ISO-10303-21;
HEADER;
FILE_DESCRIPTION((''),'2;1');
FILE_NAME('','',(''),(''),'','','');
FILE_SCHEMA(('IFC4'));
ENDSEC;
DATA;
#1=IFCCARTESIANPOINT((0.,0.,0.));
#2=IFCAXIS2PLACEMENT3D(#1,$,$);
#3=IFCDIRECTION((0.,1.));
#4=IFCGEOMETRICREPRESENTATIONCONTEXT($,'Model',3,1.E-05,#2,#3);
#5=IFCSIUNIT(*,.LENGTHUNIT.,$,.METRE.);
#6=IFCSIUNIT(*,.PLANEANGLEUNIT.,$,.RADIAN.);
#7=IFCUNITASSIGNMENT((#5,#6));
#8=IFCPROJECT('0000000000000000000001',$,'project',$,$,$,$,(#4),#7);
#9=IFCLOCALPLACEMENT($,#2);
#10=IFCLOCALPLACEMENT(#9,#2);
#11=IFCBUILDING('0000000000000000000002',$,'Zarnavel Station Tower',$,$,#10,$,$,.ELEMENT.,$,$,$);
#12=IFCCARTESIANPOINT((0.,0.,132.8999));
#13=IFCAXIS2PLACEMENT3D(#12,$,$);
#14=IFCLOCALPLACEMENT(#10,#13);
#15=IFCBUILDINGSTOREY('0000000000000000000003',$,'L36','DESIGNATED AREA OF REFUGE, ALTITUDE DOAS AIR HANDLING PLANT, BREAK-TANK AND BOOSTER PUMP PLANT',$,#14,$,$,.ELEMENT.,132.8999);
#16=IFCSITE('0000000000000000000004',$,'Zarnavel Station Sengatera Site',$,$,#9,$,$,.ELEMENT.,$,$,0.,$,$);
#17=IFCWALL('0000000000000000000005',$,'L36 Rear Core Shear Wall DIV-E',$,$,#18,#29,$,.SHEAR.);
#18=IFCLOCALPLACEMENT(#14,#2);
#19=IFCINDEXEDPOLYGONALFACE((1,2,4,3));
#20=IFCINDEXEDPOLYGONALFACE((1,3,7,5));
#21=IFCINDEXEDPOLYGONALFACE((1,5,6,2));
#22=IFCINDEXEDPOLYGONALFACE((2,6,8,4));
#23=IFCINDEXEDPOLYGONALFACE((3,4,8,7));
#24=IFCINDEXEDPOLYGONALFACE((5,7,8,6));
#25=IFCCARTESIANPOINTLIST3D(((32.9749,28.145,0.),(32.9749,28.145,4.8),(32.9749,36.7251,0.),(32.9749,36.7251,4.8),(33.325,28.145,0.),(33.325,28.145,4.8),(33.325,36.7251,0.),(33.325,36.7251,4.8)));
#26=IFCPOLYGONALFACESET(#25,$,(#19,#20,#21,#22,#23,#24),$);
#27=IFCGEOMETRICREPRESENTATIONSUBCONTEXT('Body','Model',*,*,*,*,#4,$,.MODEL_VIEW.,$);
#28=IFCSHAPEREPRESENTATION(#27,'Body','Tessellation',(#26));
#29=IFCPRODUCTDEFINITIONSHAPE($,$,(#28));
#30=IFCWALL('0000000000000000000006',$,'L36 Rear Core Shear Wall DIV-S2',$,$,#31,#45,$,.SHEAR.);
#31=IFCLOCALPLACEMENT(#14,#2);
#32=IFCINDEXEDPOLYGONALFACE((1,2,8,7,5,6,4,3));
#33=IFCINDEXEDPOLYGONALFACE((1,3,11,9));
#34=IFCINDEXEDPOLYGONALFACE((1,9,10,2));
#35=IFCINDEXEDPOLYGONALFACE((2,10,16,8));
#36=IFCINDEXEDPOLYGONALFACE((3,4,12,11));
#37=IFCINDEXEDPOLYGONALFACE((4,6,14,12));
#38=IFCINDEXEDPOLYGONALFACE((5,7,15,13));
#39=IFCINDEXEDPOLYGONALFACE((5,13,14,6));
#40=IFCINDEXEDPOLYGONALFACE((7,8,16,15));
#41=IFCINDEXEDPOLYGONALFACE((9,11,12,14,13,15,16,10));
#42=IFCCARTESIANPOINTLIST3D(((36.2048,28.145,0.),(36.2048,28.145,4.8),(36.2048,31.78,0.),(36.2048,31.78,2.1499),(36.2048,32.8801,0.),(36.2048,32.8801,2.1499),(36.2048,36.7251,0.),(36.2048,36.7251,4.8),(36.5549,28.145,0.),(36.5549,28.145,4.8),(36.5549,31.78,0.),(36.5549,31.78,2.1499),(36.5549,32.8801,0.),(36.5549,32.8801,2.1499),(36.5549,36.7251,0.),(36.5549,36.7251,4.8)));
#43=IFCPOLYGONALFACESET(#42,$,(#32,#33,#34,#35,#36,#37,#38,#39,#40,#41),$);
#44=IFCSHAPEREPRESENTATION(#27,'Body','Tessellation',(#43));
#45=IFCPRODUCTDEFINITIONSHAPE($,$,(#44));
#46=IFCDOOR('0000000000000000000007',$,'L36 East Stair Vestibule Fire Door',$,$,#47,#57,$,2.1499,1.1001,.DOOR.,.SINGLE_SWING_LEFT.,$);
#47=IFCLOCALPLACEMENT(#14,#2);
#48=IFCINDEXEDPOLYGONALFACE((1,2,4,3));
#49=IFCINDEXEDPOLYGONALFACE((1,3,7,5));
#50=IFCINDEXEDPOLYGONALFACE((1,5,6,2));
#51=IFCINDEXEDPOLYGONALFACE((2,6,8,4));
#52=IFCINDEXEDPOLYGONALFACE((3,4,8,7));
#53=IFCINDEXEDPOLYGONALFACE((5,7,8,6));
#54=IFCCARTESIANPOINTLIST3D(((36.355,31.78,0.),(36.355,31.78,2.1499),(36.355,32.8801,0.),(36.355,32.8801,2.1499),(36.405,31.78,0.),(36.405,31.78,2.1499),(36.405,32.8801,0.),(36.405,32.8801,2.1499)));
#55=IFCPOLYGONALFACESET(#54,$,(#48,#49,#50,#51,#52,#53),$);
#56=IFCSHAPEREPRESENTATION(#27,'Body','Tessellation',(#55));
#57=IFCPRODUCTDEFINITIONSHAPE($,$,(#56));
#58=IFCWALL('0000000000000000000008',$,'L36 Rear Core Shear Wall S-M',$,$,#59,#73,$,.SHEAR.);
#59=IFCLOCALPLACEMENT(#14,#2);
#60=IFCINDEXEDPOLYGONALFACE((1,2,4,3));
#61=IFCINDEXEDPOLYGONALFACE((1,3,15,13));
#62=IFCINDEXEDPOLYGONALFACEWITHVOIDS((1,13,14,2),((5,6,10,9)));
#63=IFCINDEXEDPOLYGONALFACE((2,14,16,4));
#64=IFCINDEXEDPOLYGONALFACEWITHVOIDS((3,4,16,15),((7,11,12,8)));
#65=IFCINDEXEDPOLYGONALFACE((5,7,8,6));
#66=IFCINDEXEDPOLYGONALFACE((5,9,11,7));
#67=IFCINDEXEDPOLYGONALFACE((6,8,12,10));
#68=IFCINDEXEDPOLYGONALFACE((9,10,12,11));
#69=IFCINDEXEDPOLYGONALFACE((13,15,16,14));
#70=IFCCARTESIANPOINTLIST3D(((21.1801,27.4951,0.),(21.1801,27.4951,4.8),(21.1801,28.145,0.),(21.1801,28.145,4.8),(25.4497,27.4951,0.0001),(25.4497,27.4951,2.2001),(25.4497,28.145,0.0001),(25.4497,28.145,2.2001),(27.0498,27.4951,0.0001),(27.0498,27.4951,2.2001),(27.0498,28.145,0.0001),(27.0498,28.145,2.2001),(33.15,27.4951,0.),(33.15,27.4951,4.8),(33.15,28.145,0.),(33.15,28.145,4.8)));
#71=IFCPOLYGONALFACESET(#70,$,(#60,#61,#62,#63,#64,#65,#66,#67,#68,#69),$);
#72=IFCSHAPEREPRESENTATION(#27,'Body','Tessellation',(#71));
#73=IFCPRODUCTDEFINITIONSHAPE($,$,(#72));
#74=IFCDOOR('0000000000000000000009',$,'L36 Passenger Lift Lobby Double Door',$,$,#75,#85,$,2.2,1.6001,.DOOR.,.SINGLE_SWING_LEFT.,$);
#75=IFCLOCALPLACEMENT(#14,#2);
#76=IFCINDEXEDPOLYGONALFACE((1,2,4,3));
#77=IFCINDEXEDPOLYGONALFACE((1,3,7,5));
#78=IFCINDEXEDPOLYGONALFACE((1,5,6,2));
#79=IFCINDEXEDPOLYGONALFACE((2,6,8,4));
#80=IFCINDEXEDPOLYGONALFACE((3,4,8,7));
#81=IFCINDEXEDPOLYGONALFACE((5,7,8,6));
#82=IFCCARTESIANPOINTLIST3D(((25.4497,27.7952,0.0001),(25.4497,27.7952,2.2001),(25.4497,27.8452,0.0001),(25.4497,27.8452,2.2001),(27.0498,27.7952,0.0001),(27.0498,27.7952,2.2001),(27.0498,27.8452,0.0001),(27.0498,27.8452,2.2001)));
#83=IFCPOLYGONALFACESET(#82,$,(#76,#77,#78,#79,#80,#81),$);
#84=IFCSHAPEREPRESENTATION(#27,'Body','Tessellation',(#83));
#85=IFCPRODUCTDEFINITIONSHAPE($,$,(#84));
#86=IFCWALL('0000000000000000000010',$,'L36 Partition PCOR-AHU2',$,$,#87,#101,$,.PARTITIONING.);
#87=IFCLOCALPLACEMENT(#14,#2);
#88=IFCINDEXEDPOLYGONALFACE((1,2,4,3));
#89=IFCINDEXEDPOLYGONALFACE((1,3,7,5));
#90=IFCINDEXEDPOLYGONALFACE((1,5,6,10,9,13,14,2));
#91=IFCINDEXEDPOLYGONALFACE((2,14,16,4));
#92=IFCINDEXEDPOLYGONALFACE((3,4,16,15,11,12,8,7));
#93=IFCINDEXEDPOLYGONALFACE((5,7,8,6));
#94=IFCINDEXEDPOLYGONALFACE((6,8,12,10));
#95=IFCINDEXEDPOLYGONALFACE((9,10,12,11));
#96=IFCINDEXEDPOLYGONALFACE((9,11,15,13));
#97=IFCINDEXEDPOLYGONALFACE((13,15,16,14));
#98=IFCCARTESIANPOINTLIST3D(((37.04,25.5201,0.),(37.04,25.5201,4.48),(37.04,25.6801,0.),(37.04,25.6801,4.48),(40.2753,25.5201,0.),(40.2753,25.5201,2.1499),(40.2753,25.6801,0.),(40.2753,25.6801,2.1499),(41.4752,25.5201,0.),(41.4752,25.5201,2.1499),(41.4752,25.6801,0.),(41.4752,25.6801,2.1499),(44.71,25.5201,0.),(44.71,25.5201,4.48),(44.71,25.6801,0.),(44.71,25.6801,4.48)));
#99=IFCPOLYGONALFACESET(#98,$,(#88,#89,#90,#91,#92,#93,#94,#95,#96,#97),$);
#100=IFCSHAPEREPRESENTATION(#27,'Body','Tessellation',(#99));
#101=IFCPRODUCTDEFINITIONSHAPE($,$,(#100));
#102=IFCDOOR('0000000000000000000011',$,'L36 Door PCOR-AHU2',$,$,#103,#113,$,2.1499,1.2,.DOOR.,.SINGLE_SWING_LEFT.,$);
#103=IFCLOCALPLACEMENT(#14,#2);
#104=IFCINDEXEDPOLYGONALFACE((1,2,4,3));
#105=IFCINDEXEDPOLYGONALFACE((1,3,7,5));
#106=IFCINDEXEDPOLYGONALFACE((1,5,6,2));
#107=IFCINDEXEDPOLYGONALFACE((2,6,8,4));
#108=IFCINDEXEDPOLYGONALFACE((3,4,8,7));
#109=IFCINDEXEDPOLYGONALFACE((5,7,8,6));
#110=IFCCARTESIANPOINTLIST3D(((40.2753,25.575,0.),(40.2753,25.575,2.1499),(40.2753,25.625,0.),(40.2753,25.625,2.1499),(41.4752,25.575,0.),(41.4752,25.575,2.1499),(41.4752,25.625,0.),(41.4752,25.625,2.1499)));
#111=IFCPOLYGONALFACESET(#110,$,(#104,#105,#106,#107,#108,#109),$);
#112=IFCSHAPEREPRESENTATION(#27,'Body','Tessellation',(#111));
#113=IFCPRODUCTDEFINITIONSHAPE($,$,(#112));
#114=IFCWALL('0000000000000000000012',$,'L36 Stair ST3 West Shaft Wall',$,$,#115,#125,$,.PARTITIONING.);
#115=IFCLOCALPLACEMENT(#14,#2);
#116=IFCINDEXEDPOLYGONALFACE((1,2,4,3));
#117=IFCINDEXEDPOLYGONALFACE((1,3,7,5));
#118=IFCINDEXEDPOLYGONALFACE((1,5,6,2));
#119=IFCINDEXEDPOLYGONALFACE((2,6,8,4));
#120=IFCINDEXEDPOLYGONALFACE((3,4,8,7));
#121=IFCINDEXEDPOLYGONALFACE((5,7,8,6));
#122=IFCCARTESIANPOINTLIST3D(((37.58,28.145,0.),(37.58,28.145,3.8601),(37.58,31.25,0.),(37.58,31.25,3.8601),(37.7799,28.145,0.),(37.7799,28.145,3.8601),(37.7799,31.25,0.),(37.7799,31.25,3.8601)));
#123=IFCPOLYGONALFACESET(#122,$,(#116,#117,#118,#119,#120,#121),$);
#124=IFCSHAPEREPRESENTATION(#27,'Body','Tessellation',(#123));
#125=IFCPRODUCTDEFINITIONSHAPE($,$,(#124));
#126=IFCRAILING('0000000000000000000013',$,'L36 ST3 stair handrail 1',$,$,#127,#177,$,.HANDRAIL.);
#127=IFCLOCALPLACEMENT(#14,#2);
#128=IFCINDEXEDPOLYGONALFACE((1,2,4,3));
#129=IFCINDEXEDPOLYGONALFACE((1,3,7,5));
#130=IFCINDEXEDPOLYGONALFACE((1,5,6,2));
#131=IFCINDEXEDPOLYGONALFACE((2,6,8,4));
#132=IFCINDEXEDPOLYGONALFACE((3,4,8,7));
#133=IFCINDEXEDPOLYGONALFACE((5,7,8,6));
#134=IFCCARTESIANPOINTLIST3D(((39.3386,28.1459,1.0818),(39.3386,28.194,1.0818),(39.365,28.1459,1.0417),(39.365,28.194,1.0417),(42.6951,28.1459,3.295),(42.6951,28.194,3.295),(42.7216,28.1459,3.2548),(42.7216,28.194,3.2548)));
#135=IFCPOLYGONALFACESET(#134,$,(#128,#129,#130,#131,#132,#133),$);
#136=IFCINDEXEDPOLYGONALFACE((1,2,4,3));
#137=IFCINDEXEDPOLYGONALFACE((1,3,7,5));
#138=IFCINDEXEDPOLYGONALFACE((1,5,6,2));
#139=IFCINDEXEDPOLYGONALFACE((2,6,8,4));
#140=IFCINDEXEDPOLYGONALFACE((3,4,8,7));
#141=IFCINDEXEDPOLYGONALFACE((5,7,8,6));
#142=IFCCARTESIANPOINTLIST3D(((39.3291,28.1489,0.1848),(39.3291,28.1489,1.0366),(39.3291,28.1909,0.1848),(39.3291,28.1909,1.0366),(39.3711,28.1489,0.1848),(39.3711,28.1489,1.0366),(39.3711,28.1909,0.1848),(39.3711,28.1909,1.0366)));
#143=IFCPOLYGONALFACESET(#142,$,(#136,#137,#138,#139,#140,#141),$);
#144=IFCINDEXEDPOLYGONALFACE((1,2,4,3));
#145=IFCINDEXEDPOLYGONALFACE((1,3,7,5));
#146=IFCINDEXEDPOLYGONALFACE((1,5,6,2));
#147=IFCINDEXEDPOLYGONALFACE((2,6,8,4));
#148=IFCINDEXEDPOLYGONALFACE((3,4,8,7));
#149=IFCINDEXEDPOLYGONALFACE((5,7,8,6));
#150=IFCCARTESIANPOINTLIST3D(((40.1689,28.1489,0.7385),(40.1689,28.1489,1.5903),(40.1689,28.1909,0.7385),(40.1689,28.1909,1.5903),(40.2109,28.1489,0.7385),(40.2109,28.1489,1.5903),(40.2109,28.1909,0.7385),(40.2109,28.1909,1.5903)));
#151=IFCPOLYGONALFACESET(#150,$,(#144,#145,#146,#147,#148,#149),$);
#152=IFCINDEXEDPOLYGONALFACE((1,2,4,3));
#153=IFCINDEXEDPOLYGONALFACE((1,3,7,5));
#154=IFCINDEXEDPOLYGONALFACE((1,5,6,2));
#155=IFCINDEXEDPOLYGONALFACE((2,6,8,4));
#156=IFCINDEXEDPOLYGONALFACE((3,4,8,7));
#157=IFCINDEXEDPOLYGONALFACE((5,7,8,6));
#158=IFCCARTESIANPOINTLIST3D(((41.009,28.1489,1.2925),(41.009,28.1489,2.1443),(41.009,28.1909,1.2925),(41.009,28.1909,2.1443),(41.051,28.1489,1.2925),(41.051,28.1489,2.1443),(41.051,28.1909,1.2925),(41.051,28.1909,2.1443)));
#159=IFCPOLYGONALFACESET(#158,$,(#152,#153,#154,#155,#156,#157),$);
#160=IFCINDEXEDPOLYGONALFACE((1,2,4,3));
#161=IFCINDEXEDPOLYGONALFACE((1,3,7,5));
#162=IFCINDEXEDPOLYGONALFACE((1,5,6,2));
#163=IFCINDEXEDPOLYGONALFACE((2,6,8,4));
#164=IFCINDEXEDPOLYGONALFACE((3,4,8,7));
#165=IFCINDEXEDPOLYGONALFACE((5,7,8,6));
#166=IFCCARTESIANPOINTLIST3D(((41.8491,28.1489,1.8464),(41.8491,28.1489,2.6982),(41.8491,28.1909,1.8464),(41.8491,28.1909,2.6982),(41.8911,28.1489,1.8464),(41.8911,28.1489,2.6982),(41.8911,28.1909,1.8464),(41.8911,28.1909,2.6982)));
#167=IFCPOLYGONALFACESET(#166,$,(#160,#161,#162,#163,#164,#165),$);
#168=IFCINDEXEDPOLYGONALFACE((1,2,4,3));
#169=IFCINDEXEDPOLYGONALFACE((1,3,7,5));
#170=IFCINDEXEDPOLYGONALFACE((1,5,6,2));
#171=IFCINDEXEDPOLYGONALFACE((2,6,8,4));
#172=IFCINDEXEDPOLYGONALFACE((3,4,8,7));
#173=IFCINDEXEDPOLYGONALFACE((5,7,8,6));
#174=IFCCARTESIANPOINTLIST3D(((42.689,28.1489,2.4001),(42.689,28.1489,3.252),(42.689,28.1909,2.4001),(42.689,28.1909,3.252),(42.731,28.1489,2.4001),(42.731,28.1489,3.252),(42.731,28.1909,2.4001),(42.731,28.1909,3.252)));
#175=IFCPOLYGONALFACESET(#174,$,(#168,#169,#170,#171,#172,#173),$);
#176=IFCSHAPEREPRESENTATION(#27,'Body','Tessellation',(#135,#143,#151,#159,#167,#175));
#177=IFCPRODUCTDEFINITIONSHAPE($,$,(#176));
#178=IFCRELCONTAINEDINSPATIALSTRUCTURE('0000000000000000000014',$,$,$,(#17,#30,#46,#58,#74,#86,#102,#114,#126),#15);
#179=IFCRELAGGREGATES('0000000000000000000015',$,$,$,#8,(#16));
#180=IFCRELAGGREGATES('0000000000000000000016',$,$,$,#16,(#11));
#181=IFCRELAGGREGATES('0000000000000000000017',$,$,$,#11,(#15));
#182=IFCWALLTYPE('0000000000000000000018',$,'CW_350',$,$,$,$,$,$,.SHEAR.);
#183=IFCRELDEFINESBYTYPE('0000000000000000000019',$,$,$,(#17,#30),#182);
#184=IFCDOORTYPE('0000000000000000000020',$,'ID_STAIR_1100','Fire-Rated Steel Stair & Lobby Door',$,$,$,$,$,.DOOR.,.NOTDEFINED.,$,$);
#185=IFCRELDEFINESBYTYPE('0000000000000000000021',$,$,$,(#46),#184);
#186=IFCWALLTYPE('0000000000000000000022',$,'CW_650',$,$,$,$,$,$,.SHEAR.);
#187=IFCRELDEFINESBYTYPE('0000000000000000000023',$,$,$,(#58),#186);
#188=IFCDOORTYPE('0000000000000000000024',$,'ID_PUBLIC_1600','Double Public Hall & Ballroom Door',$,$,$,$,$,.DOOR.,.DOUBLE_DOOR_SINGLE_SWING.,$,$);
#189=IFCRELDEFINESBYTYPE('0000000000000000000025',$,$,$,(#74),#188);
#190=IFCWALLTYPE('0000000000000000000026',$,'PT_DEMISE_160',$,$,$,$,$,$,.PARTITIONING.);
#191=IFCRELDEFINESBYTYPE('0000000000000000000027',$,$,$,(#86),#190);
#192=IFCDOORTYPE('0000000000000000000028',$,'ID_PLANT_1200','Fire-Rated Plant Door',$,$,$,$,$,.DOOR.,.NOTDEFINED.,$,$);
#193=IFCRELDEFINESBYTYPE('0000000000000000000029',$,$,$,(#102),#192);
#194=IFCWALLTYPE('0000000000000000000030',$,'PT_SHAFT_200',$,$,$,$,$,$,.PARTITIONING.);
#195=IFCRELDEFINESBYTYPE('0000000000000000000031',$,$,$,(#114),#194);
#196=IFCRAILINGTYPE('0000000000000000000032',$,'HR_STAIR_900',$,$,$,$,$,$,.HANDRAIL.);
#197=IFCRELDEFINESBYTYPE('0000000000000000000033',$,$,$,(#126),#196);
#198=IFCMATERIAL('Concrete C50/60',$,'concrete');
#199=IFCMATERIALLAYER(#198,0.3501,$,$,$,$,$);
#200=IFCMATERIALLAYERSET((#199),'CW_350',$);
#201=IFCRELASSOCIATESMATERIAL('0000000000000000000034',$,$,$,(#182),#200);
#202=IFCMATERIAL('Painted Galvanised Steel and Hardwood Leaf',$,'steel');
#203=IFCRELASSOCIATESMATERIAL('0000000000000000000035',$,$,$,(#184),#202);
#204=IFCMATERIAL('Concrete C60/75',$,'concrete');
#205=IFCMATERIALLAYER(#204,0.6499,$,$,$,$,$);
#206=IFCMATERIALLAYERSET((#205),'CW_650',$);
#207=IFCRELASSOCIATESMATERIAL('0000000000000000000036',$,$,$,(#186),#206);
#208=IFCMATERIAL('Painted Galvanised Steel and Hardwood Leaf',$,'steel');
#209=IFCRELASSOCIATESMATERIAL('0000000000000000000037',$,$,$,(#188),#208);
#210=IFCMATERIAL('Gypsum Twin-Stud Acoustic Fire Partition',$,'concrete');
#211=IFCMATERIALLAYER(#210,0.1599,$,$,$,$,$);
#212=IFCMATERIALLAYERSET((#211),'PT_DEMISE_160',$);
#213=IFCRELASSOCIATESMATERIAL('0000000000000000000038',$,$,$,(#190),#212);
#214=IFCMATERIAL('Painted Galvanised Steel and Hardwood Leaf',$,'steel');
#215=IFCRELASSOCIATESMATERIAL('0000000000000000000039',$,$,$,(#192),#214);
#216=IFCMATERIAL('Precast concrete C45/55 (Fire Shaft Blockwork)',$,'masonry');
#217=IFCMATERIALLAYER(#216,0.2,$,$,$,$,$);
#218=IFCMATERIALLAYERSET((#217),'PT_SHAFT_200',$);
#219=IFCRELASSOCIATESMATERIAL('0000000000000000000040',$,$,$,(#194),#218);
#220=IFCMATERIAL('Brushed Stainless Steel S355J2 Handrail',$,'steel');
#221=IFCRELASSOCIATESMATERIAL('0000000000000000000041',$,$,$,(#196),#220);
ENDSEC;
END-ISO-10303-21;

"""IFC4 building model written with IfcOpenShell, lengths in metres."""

from ifc_helpers import new_model, si_unit, direction, frame, frame_2d, origin, origin_2d, place, context, subcontext, project, spatial, rectangle, extrude, material, layer, layer_set, type_object, element, fill, save


model = new_model("IFC4")

# Units and contexts
model_context = context("Model", 3, precision=1e-05, world=origin(), true_north=direction((0.0, 1.0)))
body_context = subcontext(model_context, "Body", "Model", "MODEL_VIEW")
ifc_project = project(units=[si_unit("LENGTHUNIT", "METRE"), si_unit("PLANEANGLEUNIT", "RADIAN")], contexts=[model_context])

# Site, building, storey
site_placement = place(None, origin())
site = spatial("IfcSite", under=ifc_project, at=site_placement, Name="Zarnavel Station Sengatera Site", CompositionType="ELEMENT", RefElevation=0.0)
building_placement = place(site_placement, origin())
building = spatial("IfcBuilding", under=site, at=building_placement, Name="Zarnavel Station Tower", CompositionType="ELEMENT")
storey_placement = place(building_placement, frame((0.0, 0.0, 132.8999)))
storey = spatial("IfcBuildingStorey", under=building, at=storey_placement, Name="L36", Description="DESIGNATED AREA OF REFUGE, ALTITUDE DOAS AIR HANDLING PLANT, BREAK-TANK AND BOOSTER PUMP PLANT", CompositionType="ELEMENT", Elevation=132.8999)

# Wall
ifc_material_1 = material(Name="Concrete C50/60", Category="concrete")
ifc_layer_1 = layer(ifc_material_1, 0.3501)
ifc_layer_set_1 = layer_set([ifc_layer_1], Name="CW_350")
wall_type_1 = type_object("IfcWallType", Name="CW_350", PredefinedType="SHEAR", material=ifc_layer_set_1)
wall_1_placement = place(storey_placement, frame((33.1499, 28.145, 0.0), z_axis=(0.0, 0.0, 1.0), x_axis=(0.0, 1.0, 0.0)))
element("IfcWall", 1, at=wall_1_placement, inside=storey, type_object=wall_type_1, Name="L36 Rear Core Shear Wall DIV-E", PredefinedType="SHEAR", context=body_context, shape_type="SweptSolid", body=[
    extrude(rectangle(XDim=8.5801, YDim=0.3501, at=frame_2d((4.29, 0.0))), origin(), (0.0, 0.0, 1.0), 4.8),
])

# Walls, openings, doors
wall_2_placement = place(storey_placement, frame((36.3799, 28.145, 0.0), z_axis=(0.0, 0.0, 1.0), x_axis=(0.0, 1.0, 0.0)))
wall_2 = element("IfcWall", 2, at=wall_2_placement, inside=storey, type_object=wall_type_1, Name="L36 Rear Core Shear Wall DIV-S2", PredefinedType="SHEAR", context=body_context, shape_type="SweptSolid", body=[
    extrude(rectangle(XDim=8.5801, YDim=0.3501, at=frame_2d((4.29, 0.0))), origin(), (0.0, 0.0, 1.0), 4.8),
])
opening_1_placement = place(wall_2_placement, frame((3.635, 0.0, 0.0)))
opening_1 = element("IfcOpeningElement", 3, at=opening_1_placement, cuts=wall_2, PredefinedType="OPENING", context=body_context, shape_type="SweptSolid", body=[
    extrude(rectangle(XDim=1.1001, YDim=2.1499, at=frame_2d((0.55, 1.075))), frame((0.0, 0.1851, 0.0), z_axis=(0.0, -1.0, 0.0), x_axis=(1.0, 0.0, 0.0)), (0.0, 0.0, 1.0), 0.3701),
])
ifc_material_2 = material(Name="Painted Galvanised Steel and Hardwood Leaf", Category="steel")
door_type_1 = type_object("IfcDoorType", Name="ID_STAIR_1100", Description="Fire-Rated Steel Stair & Lobby Door", OperationType="NOTDEFINED", PredefinedType="DOOR", material=ifc_material_2)
door_1_placement = place(opening_1_placement, origin())
door_1 = element("IfcDoor", 4, at=door_1_placement, inside=storey, type_object=door_type_1, Name="L36 East Stair Vestibule Fire Door", OperationType="SINGLE_SWING_LEFT", OverallHeight=2.1499, OverallWidth=1.1001, PredefinedType="DOOR", context=body_context, shape_type="SweptSolid", body=[
    extrude(rectangle(XDim=1.1001, YDim=2.1499, at=frame_2d((0.55, 1.075))), frame((0.0, 0.0249, 0.0), z_axis=(0.0, -1.0, 0.0), x_axis=(1.0, 0.0, 0.0)), (0.0, 0.0, 1.0), 0.05),
])
fill(opening_1, door_1)
ifc_material_3 = material(Name="Concrete C60/75", Category="concrete")
ifc_layer_2 = layer(ifc_material_3, 0.6499)
ifc_layer_set_2 = layer_set([ifc_layer_2], Name="CW_650")
wall_type_2 = type_object("IfcWallType", Name="CW_650", PredefinedType="SHEAR", material=ifc_layer_set_2)
wall_3_placement = place(storey_placement, frame((33.1499, 27.8201, 0.0), z_axis=(0.0, 0.0, 1.0), x_axis=(-1.0, 0.0, 0.0)))
wall_3 = element("IfcWall", 5, at=wall_3_placement, inside=storey, type_object=wall_type_2, Name="L36 Rear Core Shear Wall S-M", PredefinedType="SHEAR", context=body_context, shape_type="SweptSolid", body=[
    extrude(rectangle(XDim=11.97, YDim=0.6499, at=frame_2d((5.9849, 0.0))), origin(), (0.0, 0.0, 1.0), 4.8),
])
opening_2_placement = place(wall_3_placement, frame((6.1001, 0.0, 0.0)))
opening_2 = element("IfcOpeningElement", 6, at=opening_2_placement, cuts=wall_3, PredefinedType="OPENING", context=body_context, shape_type="SweptSolid", body=[
    extrude(rectangle(XDim=1.6001, YDim=2.2, at=frame_2d((0.8, 1.1001))), frame((0.0, 0.335, 0.0), z_axis=(0.0, -1.0, 0.0), x_axis=(1.0, 0.0, 0.0)), (0.0, 0.0, 1.0), 0.6699),
])
ifc_material_4 = material(Name="Painted Galvanised Steel and Hardwood Leaf", Category="steel")
door_type_2 = type_object("IfcDoorType", Name="ID_PUBLIC_1600", Description="Double Public Hall & Ballroom Door", OperationType="DOUBLE_DOOR_SINGLE_SWING", PredefinedType="DOOR", material=ifc_material_4)
door_2_placement = place(opening_2_placement, origin())
door_2 = element("IfcDoor", 7, at=door_2_placement, inside=storey, type_object=door_type_2, Name="L36 Passenger Lift Lobby Double Door", OperationType="SINGLE_SWING_LEFT", OverallHeight=2.2, OverallWidth=1.6001, PredefinedType="DOOR", context=body_context, shape_type="SweptSolid", body=[
    extrude(rectangle(XDim=1.6001, YDim=2.2, at=frame_2d((0.8, 1.1001))), frame((0.0, 0.0249, 0.0), z_axis=(0.0, -1.0, 0.0), x_axis=(1.0, 0.0, 0.0)), (0.0, 0.0, 1.0), 0.05),
])
fill(opening_2, door_2)
ifc_material_5 = material(Name="Gypsum Twin-Stud Acoustic Fire Partition", Category="concrete")
ifc_layer_3 = layer(ifc_material_5, 0.1599)
ifc_layer_set_3 = layer_set([ifc_layer_3], Name="PT_DEMISE_160")
wall_type_3 = type_object("IfcWallType", Name="PT_DEMISE_160", PredefinedType="PARTITIONING", material=ifc_layer_set_3)
wall_4_placement = place(storey_placement, frame((37.04, 25.6001, 0.0), z_axis=(0.0, 0.0, 1.0), x_axis=(1.0, 0.0, 0.0)))
wall_4 = element("IfcWall", 8, at=wall_4_placement, inside=storey, type_object=wall_type_3, Name="L36 Partition PCOR-AHU2", PredefinedType="PARTITIONING", context=body_context, shape_type="SweptSolid", body=[
    extrude(rectangle(XDim=7.6699, YDim=0.1599, at=frame_2d((3.835, 0.0))), origin(), (0.0, 0.0, 1.0), 4.48),
])
opening_3_placement = place(wall_4_placement, frame((3.2351, 0.0, 0.0)))
opening_3 = element("IfcOpeningElement", 9, at=opening_3_placement, cuts=wall_4, PredefinedType="OPENING", context=body_context, shape_type="SweptSolid", body=[
    extrude(rectangle(XDim=1.2, YDim=2.1499, at=frame_2d((0.6001, 1.075))), frame((0.0, 0.0898, 0.0), z_axis=(0.0, -1.0, 0.0), x_axis=(1.0, 0.0, 0.0)), (0.0, 0.0, 1.0), 0.1799),
])
ifc_material_6 = material(Name="Painted Galvanised Steel and Hardwood Leaf", Category="steel")
door_type_3 = type_object("IfcDoorType", Name="ID_PLANT_1200", Description="Fire-Rated Plant Door", OperationType="NOTDEFINED", PredefinedType="DOOR", material=ifc_material_6)
door_3_placement = place(opening_3_placement, origin())
door_3 = element("IfcDoor", 10, at=door_3_placement, inside=storey, type_object=door_type_3, Name="L36 Door PCOR-AHU2", OperationType="SINGLE_SWING_LEFT", OverallHeight=2.1499, OverallWidth=1.2, PredefinedType="DOOR", context=body_context, shape_type="SweptSolid", body=[
    extrude(rectangle(XDim=1.2, YDim=2.1499, at=frame_2d((0.6001, 1.075))), frame((0.0, 0.0249, 0.0), z_axis=(0.0, -1.0, 0.0), x_axis=(1.0, 0.0, 0.0)), (0.0, 0.0, 1.0), 0.05),
])
fill(opening_3, door_3)

# Wall
ifc_material_7 = material(Name="Precast concrete C45/55 (Fire Shaft Blockwork)", Category="masonry")
ifc_layer_4 = layer(ifc_material_7, 0.2)
ifc_layer_set_4 = layer_set([ifc_layer_4], Name="PT_SHAFT_200")
wall_type_4 = type_object("IfcWallType", Name="PT_SHAFT_200", PredefinedType="PARTITIONING", material=ifc_layer_set_4)
wall_5_placement = place(storey_placement, frame((37.6799, 28.145, 0.0), z_axis=(0.0, 0.0, 1.0), x_axis=(0.0, 1.0, 0.0)))
element("IfcWall", 11, at=wall_5_placement, inside=storey, type_object=wall_type_4, Name="L36 Stair ST3 West Shaft Wall", PredefinedType="PARTITIONING", context=body_context, shape_type="SweptSolid", body=[
    extrude(rectangle(XDim=3.105, YDim=0.2, at=frame_2d((1.5525, 0.0))), origin(), (0.0, 0.0, 1.0), 3.8601),
])

# Railing
ifc_material_8 = material(Name="Brushed Stainless Steel S355J2 Handrail", Category="steel")
railing_type = type_object("IfcRailingType", Name="HR_STAIR_900", PredefinedType="HANDRAIL", material=ifc_material_8)
railing_placement = place(storey_placement, frame((39.3501, 28.1699, 0.1848)))
element("IfcRailing", 12, at=railing_placement, inside=storey, type_object=railing_type, Name="L36 ST3 stair handrail 1", PredefinedType="HANDRAIL", context=body_context, shape_type="SweptSolid", body=[
    extrude(rectangle(XDim=0.0481, YDim=0.0481, at=origin_2d()), frame((0.0017, 0.0, 0.877), z_axis=(0.834858, 0.0, 0.550465), x_axis=(0.0, 1.0, 0.0)), (0.0, 0.0, 1.0), 4.0205),
    extrude(rectangle(XDim=0.042, YDim=0.042, at=origin_2d()), origin(), (0.0, 0.0, 1.0), 0.8518),
    extrude(rectangle(XDim=0.042, YDim=0.042, at=origin_2d()), frame((0.8398, 0.0, 0.5537)), (0.0, 0.0, 1.0), 0.8518),
    extrude(rectangle(XDim=0.042, YDim=0.042, at=origin_2d()), frame((1.6799, 0.0, 1.1077)), (0.0, 0.0, 1.0), 0.8518),
    extrude(rectangle(XDim=0.042, YDim=0.042, at=origin_2d()), frame((2.52, 0.0, 1.6616)), (0.0, 0.0, 1.0), 0.8518),
    extrude(rectangle(XDim=0.042, YDim=0.042, at=origin_2d()), frame((3.3599, 0.0, 2.2153)), (0.0, 0.0, 1.0), 0.8518),
])

save(model, "model.ifc")
